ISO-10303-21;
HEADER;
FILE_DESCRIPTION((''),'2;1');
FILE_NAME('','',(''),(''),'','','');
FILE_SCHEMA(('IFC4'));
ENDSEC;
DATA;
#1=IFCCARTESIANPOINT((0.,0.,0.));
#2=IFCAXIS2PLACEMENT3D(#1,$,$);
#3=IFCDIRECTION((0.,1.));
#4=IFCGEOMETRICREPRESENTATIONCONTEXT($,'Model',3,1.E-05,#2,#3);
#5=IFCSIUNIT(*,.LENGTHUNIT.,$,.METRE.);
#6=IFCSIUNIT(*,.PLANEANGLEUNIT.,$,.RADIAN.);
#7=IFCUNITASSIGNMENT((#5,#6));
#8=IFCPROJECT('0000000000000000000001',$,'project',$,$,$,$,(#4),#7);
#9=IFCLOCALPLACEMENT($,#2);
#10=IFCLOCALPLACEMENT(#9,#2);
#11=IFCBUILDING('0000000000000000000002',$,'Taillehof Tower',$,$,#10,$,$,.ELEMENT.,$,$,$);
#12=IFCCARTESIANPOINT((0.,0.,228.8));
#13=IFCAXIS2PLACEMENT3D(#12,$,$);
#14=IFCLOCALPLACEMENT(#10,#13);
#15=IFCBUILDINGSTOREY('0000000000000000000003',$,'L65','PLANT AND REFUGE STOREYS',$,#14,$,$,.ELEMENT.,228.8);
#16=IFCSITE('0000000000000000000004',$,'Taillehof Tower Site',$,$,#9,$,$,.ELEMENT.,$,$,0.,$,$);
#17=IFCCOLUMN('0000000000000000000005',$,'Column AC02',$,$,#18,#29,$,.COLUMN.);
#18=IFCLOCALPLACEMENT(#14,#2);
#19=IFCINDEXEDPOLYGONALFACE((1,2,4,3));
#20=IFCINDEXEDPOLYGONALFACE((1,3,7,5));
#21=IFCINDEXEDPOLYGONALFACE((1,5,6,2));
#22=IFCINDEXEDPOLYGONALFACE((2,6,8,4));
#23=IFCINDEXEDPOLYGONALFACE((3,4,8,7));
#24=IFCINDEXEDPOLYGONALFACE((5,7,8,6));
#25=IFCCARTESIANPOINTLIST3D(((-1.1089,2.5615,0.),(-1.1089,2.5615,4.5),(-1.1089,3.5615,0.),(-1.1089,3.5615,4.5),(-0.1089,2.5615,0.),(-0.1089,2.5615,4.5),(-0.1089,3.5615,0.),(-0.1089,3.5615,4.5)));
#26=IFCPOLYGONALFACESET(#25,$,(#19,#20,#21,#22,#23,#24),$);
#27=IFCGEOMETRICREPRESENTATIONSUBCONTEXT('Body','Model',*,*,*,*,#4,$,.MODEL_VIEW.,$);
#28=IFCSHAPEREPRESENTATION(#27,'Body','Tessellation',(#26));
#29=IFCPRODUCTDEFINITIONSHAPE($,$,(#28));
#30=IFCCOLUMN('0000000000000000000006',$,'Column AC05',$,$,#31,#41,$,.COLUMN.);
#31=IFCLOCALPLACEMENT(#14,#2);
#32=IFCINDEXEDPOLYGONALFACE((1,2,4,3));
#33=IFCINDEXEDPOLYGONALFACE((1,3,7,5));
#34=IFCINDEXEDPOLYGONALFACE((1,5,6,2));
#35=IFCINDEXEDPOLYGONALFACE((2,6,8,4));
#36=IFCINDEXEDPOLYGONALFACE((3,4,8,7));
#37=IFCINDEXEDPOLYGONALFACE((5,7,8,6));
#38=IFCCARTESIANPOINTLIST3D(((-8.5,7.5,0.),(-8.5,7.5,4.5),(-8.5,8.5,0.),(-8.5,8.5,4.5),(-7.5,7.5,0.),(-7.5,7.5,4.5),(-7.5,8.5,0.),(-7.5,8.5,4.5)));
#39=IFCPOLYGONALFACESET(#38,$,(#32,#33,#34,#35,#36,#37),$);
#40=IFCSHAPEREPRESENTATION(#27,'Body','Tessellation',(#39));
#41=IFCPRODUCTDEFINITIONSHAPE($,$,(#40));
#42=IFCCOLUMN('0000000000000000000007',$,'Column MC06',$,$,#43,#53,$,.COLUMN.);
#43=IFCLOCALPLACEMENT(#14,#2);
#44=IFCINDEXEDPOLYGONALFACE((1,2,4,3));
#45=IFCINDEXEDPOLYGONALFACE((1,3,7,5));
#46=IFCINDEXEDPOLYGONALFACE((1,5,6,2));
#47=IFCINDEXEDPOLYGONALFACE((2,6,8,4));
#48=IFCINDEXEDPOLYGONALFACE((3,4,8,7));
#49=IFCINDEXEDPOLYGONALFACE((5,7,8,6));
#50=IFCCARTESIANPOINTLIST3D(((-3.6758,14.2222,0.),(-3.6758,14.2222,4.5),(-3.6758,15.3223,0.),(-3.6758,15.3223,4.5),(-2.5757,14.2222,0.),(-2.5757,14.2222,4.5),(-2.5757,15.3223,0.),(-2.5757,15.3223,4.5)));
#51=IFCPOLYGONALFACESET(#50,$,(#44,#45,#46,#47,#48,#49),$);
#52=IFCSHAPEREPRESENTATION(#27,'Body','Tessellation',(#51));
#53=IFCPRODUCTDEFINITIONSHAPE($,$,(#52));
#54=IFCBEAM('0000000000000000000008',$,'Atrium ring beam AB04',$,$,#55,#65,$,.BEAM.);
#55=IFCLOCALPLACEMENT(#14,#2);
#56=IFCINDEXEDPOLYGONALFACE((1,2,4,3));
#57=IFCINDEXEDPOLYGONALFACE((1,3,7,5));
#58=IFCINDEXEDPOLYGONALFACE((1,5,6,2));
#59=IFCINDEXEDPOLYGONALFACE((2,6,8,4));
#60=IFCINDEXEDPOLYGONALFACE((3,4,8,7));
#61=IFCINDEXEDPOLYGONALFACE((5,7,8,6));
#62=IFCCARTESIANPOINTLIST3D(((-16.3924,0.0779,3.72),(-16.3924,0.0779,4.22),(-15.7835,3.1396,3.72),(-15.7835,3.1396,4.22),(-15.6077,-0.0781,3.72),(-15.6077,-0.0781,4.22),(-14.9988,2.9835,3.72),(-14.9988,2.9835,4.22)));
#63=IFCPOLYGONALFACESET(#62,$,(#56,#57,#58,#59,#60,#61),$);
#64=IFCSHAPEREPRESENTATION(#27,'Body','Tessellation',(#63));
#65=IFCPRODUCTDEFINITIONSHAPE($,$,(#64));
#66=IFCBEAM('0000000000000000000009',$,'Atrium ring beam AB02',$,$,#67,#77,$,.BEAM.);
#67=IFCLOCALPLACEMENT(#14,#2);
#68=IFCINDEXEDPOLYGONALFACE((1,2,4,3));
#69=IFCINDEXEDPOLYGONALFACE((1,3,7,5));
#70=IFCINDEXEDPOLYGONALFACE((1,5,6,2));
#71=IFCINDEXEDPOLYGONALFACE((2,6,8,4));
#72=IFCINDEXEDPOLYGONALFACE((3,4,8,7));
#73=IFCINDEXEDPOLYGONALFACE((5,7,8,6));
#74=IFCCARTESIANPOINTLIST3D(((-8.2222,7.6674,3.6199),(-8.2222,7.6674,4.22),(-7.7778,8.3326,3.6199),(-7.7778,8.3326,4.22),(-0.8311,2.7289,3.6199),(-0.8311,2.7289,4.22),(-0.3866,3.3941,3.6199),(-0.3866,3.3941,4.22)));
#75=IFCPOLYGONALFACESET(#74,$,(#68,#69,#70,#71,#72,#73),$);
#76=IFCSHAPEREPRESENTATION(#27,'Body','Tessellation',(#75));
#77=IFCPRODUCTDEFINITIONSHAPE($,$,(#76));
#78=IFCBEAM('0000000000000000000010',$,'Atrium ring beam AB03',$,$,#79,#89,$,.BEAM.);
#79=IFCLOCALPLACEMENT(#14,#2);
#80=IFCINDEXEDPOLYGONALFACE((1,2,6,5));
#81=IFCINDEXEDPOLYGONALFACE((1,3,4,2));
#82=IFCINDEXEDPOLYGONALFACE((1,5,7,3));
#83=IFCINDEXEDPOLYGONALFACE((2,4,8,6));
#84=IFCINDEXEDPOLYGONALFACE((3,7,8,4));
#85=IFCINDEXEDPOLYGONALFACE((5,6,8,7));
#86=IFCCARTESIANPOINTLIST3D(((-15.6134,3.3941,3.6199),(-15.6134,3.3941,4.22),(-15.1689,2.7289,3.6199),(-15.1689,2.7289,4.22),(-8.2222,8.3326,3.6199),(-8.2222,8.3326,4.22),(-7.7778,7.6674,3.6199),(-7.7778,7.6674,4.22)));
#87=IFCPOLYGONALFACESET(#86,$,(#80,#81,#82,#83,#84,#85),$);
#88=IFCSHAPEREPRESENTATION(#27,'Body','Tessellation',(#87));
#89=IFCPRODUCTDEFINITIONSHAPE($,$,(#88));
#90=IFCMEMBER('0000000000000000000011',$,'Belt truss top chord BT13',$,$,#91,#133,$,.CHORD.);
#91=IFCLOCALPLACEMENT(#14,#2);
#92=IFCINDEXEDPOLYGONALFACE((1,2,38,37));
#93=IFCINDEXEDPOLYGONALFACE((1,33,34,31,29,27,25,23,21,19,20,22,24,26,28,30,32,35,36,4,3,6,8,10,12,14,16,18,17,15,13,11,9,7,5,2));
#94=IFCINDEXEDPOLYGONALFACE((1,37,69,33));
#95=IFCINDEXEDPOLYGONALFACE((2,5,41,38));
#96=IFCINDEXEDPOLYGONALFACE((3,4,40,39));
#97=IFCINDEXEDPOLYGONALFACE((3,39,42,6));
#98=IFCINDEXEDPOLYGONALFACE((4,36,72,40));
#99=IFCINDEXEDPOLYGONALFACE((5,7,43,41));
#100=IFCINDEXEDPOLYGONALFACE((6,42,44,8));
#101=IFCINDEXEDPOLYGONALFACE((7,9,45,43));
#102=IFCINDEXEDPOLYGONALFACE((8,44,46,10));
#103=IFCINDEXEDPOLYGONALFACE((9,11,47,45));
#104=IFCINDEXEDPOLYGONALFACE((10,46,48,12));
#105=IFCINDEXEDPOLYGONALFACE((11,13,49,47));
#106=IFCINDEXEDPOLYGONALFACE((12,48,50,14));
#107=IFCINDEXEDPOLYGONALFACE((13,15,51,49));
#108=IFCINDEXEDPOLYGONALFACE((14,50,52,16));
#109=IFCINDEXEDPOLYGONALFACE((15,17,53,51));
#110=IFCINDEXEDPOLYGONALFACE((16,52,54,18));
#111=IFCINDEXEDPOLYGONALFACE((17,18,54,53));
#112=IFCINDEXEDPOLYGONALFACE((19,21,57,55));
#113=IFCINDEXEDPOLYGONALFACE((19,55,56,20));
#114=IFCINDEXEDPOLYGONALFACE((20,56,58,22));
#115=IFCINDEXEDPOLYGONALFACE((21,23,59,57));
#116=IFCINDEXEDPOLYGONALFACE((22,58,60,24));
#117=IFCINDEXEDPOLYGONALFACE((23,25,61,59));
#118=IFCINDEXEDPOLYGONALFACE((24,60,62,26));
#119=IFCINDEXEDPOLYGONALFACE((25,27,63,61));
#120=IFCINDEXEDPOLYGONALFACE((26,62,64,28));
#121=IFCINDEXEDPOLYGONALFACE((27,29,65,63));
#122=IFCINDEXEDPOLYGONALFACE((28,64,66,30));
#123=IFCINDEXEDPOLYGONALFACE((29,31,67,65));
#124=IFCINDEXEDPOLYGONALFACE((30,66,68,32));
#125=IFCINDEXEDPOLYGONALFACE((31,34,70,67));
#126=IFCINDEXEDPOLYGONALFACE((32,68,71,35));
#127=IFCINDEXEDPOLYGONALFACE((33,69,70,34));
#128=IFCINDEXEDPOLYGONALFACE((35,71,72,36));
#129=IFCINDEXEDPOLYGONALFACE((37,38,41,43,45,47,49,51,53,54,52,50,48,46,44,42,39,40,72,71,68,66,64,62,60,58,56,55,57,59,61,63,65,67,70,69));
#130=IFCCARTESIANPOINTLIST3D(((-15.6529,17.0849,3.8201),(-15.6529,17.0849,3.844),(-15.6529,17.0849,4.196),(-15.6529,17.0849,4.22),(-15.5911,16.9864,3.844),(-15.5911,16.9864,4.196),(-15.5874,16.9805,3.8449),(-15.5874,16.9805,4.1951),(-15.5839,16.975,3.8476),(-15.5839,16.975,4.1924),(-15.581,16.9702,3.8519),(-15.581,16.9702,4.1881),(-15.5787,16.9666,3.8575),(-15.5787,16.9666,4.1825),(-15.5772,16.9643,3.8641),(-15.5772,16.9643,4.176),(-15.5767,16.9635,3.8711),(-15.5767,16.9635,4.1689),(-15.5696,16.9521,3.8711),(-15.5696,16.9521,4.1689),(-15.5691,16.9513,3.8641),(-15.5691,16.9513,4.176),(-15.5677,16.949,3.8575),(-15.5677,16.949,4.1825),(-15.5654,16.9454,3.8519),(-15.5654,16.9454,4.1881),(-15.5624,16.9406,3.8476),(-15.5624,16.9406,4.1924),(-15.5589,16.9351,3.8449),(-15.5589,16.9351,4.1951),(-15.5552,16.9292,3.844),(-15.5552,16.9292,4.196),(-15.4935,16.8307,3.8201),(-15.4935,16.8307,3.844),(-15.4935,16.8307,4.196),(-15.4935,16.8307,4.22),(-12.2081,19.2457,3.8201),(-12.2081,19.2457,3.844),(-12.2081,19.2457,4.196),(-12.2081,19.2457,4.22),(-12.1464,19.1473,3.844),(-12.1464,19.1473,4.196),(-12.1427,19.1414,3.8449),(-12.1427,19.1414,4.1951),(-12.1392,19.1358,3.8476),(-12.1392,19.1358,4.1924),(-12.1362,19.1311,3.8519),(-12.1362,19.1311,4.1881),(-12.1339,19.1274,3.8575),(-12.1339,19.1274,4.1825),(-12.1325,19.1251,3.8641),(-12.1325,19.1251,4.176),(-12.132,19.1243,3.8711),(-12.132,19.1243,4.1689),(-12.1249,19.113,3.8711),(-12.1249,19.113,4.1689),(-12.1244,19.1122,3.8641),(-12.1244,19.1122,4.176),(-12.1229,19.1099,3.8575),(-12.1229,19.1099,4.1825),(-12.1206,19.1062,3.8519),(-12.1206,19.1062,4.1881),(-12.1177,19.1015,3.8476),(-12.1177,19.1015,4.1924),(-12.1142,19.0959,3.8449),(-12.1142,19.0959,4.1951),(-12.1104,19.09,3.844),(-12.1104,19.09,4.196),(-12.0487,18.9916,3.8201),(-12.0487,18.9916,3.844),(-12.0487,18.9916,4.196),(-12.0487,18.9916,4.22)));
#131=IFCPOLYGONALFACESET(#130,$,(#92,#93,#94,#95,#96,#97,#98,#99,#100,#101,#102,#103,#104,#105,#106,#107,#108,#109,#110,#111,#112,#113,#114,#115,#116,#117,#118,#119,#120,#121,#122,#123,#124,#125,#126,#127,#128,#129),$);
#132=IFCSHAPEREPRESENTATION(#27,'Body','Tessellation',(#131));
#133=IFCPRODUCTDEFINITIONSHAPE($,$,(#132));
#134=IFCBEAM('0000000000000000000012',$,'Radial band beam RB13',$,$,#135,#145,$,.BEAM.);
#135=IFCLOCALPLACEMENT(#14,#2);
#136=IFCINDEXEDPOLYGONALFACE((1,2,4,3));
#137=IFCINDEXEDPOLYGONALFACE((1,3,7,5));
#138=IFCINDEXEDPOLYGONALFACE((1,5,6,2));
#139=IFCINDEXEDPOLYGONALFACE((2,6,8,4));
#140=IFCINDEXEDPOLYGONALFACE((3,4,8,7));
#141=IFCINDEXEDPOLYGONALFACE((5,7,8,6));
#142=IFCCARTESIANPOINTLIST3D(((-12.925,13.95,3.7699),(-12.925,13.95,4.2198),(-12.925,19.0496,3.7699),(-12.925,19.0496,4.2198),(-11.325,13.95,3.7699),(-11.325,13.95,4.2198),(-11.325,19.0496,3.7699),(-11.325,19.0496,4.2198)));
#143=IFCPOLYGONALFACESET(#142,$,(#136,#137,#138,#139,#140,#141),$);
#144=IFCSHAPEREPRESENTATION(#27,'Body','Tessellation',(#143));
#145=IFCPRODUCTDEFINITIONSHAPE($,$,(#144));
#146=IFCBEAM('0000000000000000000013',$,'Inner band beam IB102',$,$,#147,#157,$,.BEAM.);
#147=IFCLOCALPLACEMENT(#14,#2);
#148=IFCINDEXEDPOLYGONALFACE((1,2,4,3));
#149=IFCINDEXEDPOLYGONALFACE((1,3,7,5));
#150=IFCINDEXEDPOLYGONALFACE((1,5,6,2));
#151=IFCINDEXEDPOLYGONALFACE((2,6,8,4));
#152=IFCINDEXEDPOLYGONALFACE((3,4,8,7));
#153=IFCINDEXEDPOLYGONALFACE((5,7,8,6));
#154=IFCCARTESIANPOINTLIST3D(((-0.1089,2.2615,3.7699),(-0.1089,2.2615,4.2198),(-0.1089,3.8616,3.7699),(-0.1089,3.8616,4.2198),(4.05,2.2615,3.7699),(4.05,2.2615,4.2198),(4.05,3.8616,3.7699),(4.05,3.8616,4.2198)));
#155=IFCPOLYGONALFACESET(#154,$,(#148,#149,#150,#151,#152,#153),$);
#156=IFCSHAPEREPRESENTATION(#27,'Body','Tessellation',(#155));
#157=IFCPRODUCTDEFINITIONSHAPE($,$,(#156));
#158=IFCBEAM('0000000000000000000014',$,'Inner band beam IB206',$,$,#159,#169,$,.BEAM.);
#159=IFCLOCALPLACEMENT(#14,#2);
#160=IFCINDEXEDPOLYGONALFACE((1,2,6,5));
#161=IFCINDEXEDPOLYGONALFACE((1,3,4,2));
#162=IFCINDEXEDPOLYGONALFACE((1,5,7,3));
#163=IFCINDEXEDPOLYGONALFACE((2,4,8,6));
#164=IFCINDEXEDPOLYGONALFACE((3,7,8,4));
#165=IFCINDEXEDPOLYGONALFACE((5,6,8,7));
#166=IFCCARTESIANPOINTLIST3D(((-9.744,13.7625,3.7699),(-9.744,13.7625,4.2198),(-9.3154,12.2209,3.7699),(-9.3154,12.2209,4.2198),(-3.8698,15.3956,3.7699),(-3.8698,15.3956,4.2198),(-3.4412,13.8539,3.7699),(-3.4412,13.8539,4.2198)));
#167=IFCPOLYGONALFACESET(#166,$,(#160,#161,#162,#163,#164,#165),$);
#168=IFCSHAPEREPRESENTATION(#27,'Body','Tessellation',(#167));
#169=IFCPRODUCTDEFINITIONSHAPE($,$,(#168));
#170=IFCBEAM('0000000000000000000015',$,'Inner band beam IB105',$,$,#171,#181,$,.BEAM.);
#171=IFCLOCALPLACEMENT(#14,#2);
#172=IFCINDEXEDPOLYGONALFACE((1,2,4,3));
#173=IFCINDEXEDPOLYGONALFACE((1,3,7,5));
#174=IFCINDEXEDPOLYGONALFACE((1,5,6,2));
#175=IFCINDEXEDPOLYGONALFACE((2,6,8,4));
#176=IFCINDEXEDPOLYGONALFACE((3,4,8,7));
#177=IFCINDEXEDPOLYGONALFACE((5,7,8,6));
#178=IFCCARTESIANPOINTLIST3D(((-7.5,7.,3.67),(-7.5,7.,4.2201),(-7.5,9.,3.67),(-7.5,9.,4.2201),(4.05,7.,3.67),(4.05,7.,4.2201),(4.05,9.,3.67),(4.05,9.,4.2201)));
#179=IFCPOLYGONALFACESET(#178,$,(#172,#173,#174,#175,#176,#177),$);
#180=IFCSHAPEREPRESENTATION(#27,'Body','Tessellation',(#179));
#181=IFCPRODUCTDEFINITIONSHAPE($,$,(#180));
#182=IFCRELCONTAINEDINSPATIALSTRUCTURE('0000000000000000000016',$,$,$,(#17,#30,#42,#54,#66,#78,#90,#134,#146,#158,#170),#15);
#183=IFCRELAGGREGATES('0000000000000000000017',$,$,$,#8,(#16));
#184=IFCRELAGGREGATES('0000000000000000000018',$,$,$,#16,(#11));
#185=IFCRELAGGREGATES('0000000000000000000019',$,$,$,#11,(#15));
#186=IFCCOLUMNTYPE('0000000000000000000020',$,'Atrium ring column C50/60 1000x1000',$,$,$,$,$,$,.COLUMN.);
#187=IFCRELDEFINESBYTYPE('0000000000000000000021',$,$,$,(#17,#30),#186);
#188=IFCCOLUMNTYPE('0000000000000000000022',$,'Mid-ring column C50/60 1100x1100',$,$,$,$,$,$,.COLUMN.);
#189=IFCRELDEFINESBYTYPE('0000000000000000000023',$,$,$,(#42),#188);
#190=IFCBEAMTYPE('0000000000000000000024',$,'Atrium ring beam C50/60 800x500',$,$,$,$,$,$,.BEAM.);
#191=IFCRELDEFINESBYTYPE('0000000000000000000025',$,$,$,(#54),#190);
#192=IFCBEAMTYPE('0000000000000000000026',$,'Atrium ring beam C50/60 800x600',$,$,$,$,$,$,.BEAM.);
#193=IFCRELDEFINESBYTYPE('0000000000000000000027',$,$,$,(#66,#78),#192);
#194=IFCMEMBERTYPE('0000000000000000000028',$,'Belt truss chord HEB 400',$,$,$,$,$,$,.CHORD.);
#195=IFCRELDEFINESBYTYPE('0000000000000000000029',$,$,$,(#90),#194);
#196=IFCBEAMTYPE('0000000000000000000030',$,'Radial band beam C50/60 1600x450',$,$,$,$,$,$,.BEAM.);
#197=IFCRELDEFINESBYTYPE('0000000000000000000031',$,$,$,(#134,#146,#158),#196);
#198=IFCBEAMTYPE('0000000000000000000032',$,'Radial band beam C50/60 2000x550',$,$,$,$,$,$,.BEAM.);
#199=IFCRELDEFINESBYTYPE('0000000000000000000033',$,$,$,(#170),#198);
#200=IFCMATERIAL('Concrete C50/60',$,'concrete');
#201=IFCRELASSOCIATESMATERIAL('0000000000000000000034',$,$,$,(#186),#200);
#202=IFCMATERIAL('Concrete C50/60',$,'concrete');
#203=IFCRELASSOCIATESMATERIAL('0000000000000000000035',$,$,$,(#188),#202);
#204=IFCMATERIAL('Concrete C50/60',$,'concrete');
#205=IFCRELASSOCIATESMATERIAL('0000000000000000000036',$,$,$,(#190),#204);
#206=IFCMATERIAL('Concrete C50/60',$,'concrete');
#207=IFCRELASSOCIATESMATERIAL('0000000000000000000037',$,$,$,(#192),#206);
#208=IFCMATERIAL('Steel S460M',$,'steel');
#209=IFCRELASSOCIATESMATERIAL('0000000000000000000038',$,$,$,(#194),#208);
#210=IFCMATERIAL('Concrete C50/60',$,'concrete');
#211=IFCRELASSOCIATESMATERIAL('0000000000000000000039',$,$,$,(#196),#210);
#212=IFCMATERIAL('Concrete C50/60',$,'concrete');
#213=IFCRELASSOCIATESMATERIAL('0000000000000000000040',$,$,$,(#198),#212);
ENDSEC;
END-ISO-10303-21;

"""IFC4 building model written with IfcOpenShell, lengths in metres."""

from ifc_helpers import new_model, si_unit, direction, frame, origin, origin_2d, place, context, subcontext, project, spatial, rectangle, i_section, extrude, material, material_profile, profile_set, type_object, element, save


model = new_model("IFC4")

# Units and contexts
model_context = context("Model", 3, precision=1e-05, world=origin(), true_north=direction((0.0, 1.0)))
body_context = subcontext(model_context, "Body", "Model", "MODEL_VIEW")
ifc_project = project(units=[si_unit("LENGTHUNIT", "METRE"), si_unit("PLANEANGLEUNIT", "RADIAN")], contexts=[model_context])

# Site, building, storey
site_placement = place(None, origin())
site = spatial("IfcSite", under=ifc_project, at=site_placement, Name="Taillehof Tower Site", CompositionType="ELEMENT", RefElevation=0.0)
building_placement = place(site_placement, origin())
building = spatial("IfcBuilding", under=site, at=building_placement, Name="Taillehof Tower", CompositionType="ELEMENT")
storey_placement = place(building_placement, frame((0.0, 0.0, 228.8)))
storey = spatial("IfcBuildingStorey", under=building, at=storey_placement, Name="L65", Description="PLANT AND REFUGE STOREYS", CompositionType="ELEMENT", Elevation=228.8)

# Columns
ifc_material_1 = material(Name="Concrete C50/60", Category="concrete")
ifc_material_profile_1 = material_profile(ifc_material_1, rectangle(XDim=1.0, YDim=1.0, at=origin_2d()), Name="RC 1000x1000")
ifc_profile_set_1 = profile_set([ifc_material_profile_1], Name="Concrete C50/60")
column_type_1 = type_object("IfcColumnType", Name="Atrium ring column C50/60 1000x1000", PredefinedType="COLUMN", material=ifc_profile_set_1)
for number, where, z_axis, x_axis, name in (
    (1, (-0.6089, 3.0615, 0.0), (0.0, 0.0, 1.0), (1.0, 0.0, 0.0), "Column AC02"),
    (2, (-8.0, 8.0, 0.0), (0.0, 0.0, 1.0), (1.0, 0.0, 0.0), "Column AC05"),
):
    element("IfcColumn", number, at=place(storey_placement, frame(where, z_axis=z_axis, x_axis=x_axis)), inside=storey, type_object=column_type_1, Name=name, PredefinedType="COLUMN", context=body_context, shape_type="SweptSolid", body=[
        extrude(rectangle(XDim=1.0, YDim=1.0, at=origin_2d()), origin(), (0.0, 0.0, 1.0), 4.5),
    ])
ifc_material_2 = material(Name="Concrete C50/60", Category="concrete")
ifc_material_profile_2 = material_profile(ifc_material_2, rectangle(XDim=1.1001, YDim=1.1001, at=origin_2d()), Name="RC 1100x1100")
ifc_profile_set_2 = profile_set([ifc_material_profile_2], Name="Concrete C50/60")
column_type_2 = type_object("IfcColumnType", Name="Mid-ring column C50/60 1100x1100", PredefinedType="COLUMN", material=ifc_profile_set_2)
column_placement = place(storey_placement, frame((-3.1257, 14.7722, 0.0), z_axis=(0.0, 0.0, 1.0), x_axis=(1.0, 0.0, 0.0)))
element("IfcColumn", 3, at=column_placement, inside=storey, type_object=column_type_2, Name="Column MC06", PredefinedType="COLUMN", context=body_context, shape_type="SweptSolid", body=[
    extrude(rectangle(XDim=1.1001, YDim=1.1001, at=origin_2d()), origin(), (0.0, 0.0, 1.0), 4.5),
])

# Beams
ifc_material_3 = material(Name="Concrete C50/60", Category="concrete")
ifc_material_profile_3 = material_profile(ifc_material_3, rectangle(XDim=0.8, YDim=0.5, at=origin_2d()), Name="RC 800x500")
ifc_profile_set_3 = profile_set([ifc_material_profile_3], Name="Concrete C50/60")
beam_type_1 = type_object("IfcBeamType", Name="Atrium ring beam C50/60 800x500", PredefinedType="BEAM", material=ifc_profile_set_3)
beam_1_placement = place(storey_placement, frame((-15.3911, 3.0615, 3.97), z_axis=(-0.195063, -0.980791, 0.0), x_axis=(0.980791, -0.195063, 0.0)))
element("IfcBeam", 4, at=beam_1_placement, inside=storey, type_object=beam_type_1, Name="Atrium ring beam AB04", PredefinedType="BEAM", context=body_context, shape_type="SweptSolid", body=[
    extrude(rectangle(XDim=0.8, YDim=0.5, at=origin_2d()), origin(), (0.0, 0.0, 1.0), 3.1216),
])
ifc_material_4 = material(Name="Concrete C50/60", Category="concrete")
ifc_material_profile_4 = material_profile(ifc_material_4, rectangle(XDim=0.8, YDim=0.6001, at=origin_2d()), Name="RC 800x600")
ifc_profile_set_4 = profile_set([ifc_material_profile_4], Name="Concrete C50/60")
beam_type_2 = type_object("IfcBeamType", Name="Atrium ring beam C50/60 800x600", PredefinedType="BEAM", material=ifc_profile_set_4)
for number, where, z_axis, x_axis, name in (
    (5, (-0.6089, 3.0615, 3.9199), (-0.831475, 0.555562, 0.0), (-0.555562, -0.831475, 0.0), "Atrium ring beam AB02"),
    (6, (-8.0, 8.0, 3.9199), (-0.831475, -0.555562, 0.0), (0.555562, -0.831475, 0.0), "Atrium ring beam AB03"),
):
    element("IfcBeam", number, at=place(storey_placement, frame(where, z_axis=z_axis, x_axis=x_axis)), inside=storey, type_object=beam_type_2, Name=name, PredefinedType="BEAM", context=body_context, shape_type="SweptSolid", body=[
        extrude(rectangle(XDim=0.8, YDim=0.6001, at=origin_2d()), origin(), (0.0, 0.0, 1.0), 8.8892),
    ])

# Member
ifc_material_5 = material(Name="Steel S460M", Category="steel")
ifc_material_profile_5 = material_profile(ifc_material_5, i_section(OverallWidth=0.3, OverallDepth=0.3999, WebThickness=0.0134, FlangeThickness=0.0239, FilletRadius=0.0271, at=origin_2d()), Name="HEB 400")
ifc_profile_set_5 = profile_set([ifc_material_profile_5], Name="Steel S460M")
member_type = type_object("IfcMemberType", Name="Belt truss chord HEB 400", PredefinedType="CHORD", material=ifc_profile_set_5)
member_placement = place(storey_placement, frame((-12.1284, 19.1187, 4.02), z_axis=(-0.847127, -0.531391, 0.0), x_axis=(0.531391, -0.847127, 0.0)))
element("IfcMember", 7, at=member_placement, inside=storey, type_object=member_type, Name="Belt truss top chord BT13", PredefinedType="CHORD", context=body_context, shape_type="SweptSolid", body=[
    extrude(i_section(OverallWidth=0.3, OverallDepth=0.3999, WebThickness=0.0134, FlangeThickness=0.0239, FilletRadius=0.0271, at=origin_2d()), origin(), (0.0, 0.0, 1.0), 4.0664),
])

# Beams
ifc_material_6 = material(Name="Concrete C50/60", Category="concrete")
ifc_material_profile_6 = material_profile(ifc_material_6, rectangle(XDim=1.6001, YDim=0.45, at=origin_2d()), Name="RC 1600x450")
ifc_profile_set_6 = profile_set([ifc_material_profile_6], Name="Concrete C50/60")
beam_type_3 = type_object("IfcBeamType", Name="Radial band beam C50/60 1600x450", PredefinedType="BEAM", material=ifc_profile_set_6)
beam_2_placement = place(storey_placement, frame((-12.125, 19.0496, 3.9949), z_axis=(0.0, -1.0, 0.0), x_axis=(1.0, 0.0, 0.0)))
element("IfcBeam", 8, at=beam_2_placement, inside=storey, type_object=beam_type_3, Name="Radial band beam RB13", PredefinedType="BEAM", context=body_context, shape_type="SweptSolid", body=[
    extrude(rectangle(XDim=1.6001, YDim=0.45, at=origin_2d()), origin(), (0.0, 0.0, 1.0), 5.0996),
])
beam_3_placement = place(storey_placement, frame((-0.1089, 3.0615, 3.9949), z_axis=(1.0, 0.0, 0.0), x_axis=(0.0, 1.0, 0.0)))
element("IfcBeam", 9, at=beam_3_placement, inside=storey, type_object=beam_type_3, Name="Inner band beam IB102", PredefinedType="BEAM", context=body_context, shape_type="SweptSolid", body=[
    extrude(rectangle(XDim=1.6001, YDim=0.45, at=origin_2d()), origin(), (0.0, 0.0, 1.0), 4.1589),
])
beam_4_placement = place(storey_placement, frame((-3.6555, 14.6248, 3.9949), z_axis=(-0.963459, -0.267855, 0.0), x_axis=(0.267855, -0.963459, 0.0)))
element("IfcBeam", 10, at=beam_4_placement, inside=storey, type_object=beam_type_3, Name="Inner band beam IB206", PredefinedType="BEAM", context=body_context, shape_type="SweptSolid", body=[
    extrude(rectangle(XDim=1.6001, YDim=0.45, at=origin_2d()), origin(), (0.0, 0.0, 1.0), 6.0969),
])
ifc_material_7 = material(Name="Concrete C50/60", Category="concrete")
ifc_material_profile_7 = material_profile(ifc_material_7, rectangle(XDim=2.0, YDim=0.55, at=origin_2d()), Name="RC 2000x550")
ifc_profile_set_7 = profile_set([ifc_material_profile_7], Name="Concrete C50/60")
beam_type_4 = type_object("IfcBeamType", Name="Radial band beam C50/60 2000x550", PredefinedType="BEAM", material=ifc_profile_set_7)
beam_5_placement = place(storey_placement, frame((-7.5, 8.0, 3.9451), z_axis=(1.0, 0.0, 0.0), x_axis=(0.0, 1.0, 0.0)))
element("IfcBeam", 11, at=beam_5_placement, inside=storey, type_object=beam_type_4, Name="Inner band beam IB105", PredefinedType="BEAM", context=body_context, shape_type="SweptSolid", body=[
    extrude(rectangle(XDim=2.0, YDim=0.55, at=origin_2d()), origin(), (0.0, 0.0, 1.0), 11.55),
])

save(model, "model.ifc")
